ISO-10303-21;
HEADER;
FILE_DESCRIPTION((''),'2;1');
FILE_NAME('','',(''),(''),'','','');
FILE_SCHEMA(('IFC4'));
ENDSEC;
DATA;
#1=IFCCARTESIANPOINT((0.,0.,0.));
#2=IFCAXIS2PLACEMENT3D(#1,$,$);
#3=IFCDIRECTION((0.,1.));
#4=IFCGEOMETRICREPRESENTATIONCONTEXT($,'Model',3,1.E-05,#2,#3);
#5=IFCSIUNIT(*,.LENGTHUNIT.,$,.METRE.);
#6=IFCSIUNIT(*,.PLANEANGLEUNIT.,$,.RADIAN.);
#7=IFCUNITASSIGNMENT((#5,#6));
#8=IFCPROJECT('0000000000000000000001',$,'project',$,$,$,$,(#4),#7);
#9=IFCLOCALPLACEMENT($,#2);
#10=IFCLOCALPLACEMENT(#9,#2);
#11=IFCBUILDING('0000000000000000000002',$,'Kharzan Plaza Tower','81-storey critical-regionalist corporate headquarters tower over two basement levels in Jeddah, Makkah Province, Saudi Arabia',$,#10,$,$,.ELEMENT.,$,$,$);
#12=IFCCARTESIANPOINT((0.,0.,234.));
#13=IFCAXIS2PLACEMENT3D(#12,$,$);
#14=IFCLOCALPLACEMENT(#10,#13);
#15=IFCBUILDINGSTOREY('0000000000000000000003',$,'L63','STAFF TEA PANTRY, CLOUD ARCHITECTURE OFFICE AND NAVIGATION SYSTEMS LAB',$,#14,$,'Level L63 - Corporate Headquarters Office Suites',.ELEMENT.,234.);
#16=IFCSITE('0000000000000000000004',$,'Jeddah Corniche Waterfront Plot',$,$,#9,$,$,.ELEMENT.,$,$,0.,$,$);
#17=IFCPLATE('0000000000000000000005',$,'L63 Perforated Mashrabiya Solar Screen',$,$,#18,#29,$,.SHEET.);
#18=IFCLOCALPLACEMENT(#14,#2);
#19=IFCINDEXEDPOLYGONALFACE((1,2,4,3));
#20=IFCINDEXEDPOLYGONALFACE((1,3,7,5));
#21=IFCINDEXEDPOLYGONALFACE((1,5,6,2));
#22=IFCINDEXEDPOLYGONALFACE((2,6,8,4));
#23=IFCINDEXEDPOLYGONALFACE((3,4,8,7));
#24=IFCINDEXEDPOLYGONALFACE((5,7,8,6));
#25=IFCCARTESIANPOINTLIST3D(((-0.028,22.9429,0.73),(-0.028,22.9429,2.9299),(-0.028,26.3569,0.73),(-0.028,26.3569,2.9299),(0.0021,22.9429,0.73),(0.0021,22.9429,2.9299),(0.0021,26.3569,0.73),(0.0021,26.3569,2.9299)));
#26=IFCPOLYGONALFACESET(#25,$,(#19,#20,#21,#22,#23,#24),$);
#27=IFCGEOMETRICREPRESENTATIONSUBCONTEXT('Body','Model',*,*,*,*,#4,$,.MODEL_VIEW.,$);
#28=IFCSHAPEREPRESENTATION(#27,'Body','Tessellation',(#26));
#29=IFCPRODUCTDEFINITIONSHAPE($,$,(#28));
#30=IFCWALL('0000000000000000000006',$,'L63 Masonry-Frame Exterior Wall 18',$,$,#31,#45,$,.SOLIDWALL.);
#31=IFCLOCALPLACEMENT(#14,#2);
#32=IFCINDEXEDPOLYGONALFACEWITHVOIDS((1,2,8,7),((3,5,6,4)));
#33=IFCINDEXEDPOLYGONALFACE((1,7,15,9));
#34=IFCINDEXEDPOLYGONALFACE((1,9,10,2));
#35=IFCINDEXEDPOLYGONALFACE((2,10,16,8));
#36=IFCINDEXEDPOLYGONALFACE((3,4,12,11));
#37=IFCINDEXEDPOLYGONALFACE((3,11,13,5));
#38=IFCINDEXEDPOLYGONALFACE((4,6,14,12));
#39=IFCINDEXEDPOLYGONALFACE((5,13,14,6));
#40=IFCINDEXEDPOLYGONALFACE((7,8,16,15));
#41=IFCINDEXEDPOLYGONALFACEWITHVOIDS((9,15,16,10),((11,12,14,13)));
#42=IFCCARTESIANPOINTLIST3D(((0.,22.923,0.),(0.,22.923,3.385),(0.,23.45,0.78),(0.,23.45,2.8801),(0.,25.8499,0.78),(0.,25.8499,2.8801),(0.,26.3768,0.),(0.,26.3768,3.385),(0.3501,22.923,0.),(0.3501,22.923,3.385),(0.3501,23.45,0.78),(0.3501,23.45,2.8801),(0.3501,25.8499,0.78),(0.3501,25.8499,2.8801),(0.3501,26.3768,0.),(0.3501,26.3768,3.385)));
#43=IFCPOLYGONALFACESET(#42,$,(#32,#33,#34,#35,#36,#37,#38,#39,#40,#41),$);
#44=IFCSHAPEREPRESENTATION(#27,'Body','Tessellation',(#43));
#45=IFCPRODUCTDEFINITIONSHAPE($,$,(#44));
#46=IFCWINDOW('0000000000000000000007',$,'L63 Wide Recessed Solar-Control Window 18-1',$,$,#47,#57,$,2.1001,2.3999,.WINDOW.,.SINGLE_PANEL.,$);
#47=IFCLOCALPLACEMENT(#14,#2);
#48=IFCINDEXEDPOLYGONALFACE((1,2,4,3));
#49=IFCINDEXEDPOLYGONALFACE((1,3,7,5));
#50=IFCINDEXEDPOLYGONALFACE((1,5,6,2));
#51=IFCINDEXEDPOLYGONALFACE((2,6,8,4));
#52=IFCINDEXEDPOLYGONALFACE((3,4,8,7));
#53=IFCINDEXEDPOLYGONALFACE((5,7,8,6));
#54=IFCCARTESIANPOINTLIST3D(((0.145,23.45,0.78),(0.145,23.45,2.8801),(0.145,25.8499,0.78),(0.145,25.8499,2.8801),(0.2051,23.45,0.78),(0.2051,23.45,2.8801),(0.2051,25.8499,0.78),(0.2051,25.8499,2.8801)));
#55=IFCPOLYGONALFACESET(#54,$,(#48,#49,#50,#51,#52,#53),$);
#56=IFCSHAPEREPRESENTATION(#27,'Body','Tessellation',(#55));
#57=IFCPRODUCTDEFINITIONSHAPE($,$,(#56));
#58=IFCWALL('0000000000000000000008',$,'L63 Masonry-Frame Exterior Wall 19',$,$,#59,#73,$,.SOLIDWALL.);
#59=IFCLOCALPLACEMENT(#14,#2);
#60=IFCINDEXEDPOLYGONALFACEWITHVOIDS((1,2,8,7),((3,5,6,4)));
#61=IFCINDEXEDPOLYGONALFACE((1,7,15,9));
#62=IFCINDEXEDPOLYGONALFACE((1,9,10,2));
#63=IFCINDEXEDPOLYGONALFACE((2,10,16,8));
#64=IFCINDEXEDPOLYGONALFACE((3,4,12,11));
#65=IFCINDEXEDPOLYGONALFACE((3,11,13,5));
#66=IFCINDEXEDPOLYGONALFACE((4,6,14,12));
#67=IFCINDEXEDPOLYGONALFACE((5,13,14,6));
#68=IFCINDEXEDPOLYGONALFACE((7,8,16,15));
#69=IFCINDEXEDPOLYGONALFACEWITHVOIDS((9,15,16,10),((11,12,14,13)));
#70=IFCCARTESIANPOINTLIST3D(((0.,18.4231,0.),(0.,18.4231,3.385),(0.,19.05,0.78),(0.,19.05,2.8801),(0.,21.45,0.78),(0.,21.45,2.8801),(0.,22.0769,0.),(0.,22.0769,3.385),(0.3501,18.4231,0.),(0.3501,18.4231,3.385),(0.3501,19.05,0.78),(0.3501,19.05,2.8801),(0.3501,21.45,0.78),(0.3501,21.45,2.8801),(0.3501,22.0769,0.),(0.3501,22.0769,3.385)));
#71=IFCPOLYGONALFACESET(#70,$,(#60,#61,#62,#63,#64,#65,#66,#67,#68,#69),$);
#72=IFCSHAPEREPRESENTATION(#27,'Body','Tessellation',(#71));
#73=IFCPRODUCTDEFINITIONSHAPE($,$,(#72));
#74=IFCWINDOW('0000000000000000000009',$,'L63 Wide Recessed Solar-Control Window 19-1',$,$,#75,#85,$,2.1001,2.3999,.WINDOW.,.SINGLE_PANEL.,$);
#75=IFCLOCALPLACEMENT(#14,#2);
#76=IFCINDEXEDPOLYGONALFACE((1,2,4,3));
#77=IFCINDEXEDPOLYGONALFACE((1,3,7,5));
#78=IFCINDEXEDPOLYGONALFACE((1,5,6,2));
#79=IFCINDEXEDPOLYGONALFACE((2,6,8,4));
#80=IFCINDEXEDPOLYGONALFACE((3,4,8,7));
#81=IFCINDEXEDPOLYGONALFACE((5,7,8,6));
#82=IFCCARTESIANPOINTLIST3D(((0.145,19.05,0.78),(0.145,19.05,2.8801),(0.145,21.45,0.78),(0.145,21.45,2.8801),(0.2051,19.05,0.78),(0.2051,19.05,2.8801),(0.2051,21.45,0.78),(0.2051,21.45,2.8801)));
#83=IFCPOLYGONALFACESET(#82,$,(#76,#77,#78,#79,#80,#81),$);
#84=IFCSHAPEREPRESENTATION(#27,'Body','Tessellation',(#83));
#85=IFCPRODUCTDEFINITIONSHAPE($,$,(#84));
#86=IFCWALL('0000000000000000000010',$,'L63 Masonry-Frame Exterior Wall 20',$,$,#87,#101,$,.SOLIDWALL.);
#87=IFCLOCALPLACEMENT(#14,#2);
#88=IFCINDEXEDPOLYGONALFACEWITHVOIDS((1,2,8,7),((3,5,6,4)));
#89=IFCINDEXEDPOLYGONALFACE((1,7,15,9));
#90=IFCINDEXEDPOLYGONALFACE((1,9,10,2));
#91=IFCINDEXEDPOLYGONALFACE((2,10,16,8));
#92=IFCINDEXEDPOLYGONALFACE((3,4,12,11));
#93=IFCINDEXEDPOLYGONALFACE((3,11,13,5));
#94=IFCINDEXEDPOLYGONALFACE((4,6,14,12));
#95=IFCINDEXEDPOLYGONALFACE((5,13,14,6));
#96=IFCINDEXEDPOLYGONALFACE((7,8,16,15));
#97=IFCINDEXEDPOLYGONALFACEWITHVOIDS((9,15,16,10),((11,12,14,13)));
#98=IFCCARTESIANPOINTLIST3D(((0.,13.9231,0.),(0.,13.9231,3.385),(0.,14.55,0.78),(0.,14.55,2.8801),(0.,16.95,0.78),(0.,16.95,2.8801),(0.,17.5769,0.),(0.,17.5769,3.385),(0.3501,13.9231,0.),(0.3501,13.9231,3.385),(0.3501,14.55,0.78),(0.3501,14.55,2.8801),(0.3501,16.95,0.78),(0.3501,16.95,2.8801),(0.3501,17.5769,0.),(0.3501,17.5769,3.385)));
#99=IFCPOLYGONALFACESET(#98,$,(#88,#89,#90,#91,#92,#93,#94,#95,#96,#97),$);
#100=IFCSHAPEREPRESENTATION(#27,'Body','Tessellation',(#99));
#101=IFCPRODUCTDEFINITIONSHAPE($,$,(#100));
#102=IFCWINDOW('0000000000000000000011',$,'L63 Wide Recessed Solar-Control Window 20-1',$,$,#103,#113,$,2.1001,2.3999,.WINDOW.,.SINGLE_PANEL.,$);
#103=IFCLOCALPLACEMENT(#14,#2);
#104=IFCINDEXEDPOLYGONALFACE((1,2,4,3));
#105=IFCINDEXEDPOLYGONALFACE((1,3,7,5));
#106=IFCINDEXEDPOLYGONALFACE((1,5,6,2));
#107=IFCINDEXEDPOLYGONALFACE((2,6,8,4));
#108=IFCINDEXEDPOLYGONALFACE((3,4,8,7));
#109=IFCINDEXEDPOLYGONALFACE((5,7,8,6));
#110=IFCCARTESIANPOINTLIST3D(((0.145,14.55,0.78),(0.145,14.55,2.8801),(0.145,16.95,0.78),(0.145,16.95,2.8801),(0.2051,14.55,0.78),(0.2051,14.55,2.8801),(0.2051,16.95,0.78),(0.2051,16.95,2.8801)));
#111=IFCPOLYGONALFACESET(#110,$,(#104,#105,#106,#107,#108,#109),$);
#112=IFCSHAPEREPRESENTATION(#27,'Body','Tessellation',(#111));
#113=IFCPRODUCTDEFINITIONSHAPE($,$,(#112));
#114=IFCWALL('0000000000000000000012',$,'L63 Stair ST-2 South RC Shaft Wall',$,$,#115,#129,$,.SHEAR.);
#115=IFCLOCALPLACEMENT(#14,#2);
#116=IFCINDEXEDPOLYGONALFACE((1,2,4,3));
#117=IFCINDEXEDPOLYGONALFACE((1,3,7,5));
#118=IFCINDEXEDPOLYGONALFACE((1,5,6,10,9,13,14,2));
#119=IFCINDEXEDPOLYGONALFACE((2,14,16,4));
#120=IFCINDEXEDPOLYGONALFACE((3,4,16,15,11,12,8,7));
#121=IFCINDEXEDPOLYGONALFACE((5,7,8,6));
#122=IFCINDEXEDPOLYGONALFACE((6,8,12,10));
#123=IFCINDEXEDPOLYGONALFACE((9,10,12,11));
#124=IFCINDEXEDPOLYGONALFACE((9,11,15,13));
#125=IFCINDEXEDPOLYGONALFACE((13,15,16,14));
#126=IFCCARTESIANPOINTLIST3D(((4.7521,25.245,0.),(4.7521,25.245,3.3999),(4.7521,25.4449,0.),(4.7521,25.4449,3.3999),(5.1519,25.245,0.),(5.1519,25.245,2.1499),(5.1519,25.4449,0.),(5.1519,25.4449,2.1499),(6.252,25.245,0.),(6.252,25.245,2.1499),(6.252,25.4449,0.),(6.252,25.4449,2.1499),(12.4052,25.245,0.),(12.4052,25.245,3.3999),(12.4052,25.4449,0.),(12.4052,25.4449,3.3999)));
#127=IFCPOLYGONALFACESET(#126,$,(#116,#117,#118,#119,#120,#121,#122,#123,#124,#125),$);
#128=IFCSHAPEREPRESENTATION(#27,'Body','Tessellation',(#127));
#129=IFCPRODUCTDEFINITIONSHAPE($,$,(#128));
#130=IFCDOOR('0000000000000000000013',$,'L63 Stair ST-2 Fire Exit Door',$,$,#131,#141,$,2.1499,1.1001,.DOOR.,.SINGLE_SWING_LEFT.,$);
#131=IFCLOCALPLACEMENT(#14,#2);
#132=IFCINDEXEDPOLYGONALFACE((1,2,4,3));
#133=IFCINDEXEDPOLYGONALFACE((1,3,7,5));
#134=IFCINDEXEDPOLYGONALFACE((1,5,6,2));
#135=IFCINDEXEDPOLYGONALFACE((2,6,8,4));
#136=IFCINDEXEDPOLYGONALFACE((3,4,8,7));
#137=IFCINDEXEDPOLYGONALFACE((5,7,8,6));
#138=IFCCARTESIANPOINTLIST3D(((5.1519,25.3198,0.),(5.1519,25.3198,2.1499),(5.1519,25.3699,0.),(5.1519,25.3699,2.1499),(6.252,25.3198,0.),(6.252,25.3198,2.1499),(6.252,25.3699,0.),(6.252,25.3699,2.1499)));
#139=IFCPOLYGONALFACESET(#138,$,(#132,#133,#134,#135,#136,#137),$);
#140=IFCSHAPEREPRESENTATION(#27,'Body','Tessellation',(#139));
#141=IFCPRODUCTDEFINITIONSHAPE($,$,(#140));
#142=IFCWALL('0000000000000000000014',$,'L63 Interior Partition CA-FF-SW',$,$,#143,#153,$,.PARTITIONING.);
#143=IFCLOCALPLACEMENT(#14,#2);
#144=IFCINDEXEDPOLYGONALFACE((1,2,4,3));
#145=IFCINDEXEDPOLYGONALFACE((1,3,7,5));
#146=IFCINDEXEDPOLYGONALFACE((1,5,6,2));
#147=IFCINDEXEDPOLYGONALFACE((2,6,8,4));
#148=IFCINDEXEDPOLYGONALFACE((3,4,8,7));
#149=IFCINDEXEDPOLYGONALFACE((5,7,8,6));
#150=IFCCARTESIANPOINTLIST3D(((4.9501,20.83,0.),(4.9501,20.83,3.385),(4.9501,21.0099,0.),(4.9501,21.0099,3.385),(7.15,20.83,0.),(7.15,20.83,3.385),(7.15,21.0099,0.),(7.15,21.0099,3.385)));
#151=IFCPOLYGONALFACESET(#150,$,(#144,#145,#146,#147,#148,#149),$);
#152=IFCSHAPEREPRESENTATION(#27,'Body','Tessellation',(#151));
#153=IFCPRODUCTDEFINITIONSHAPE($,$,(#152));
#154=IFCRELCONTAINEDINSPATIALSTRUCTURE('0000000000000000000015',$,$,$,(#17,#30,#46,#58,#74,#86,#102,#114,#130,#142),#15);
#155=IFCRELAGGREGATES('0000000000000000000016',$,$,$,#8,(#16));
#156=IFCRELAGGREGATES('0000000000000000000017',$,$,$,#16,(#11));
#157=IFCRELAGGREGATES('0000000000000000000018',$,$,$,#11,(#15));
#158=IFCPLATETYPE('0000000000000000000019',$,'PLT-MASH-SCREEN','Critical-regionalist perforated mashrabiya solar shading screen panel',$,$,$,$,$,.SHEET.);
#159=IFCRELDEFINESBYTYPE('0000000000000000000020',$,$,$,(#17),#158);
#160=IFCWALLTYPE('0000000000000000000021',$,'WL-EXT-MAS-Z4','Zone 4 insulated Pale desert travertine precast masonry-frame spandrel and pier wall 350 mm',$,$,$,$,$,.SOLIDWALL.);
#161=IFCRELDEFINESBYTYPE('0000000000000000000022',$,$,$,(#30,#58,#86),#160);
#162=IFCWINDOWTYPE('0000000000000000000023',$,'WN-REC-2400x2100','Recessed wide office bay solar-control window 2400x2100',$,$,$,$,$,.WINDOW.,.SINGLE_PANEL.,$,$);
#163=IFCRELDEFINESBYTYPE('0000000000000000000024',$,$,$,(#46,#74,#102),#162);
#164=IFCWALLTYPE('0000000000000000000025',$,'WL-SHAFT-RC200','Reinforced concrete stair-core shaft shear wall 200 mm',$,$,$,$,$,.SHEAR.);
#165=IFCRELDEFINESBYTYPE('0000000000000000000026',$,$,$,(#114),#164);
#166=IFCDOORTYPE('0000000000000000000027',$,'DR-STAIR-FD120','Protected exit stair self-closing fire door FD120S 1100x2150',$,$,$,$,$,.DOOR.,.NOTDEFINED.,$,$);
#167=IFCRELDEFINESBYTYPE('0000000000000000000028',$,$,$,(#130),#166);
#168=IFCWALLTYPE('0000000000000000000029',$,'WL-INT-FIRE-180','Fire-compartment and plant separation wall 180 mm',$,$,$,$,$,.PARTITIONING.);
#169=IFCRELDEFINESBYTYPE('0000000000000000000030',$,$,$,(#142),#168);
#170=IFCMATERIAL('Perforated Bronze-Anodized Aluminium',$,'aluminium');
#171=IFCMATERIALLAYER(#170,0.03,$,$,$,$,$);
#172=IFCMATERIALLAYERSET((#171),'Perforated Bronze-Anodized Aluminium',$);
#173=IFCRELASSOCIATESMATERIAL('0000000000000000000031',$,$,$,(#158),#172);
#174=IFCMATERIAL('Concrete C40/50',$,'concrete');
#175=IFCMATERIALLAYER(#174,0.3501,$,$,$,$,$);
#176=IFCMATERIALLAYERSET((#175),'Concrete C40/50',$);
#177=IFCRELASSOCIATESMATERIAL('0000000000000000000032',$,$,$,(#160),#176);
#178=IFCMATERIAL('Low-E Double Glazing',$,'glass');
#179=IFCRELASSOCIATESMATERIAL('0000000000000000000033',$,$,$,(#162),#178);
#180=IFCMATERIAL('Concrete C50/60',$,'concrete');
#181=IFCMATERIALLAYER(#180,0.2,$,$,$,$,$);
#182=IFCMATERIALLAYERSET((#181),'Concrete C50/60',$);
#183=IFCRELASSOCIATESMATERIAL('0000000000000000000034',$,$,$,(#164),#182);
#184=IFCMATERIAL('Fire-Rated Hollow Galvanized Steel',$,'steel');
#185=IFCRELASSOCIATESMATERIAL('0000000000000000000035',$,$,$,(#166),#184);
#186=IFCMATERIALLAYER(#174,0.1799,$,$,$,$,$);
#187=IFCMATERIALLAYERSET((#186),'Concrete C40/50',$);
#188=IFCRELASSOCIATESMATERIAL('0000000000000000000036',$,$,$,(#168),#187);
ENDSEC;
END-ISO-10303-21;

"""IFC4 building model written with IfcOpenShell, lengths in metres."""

from ifc_helpers import new_model, si_unit, direction, frame, frame_2d, origin, origin_2d, place, context, subcontext, project, spatial, rectangle, extrude, source, transform, mapped, material, layer, layer_set, type_object, element, fill, save


model = new_model("IFC4")

# Units and contexts
model_context = context("Model", 3, precision=1e-05, world=origin(), true_north=direction((0.0, 1.0)))
body_context = subcontext(model_context, "Body", "Model", "MODEL_VIEW")
ifc_project = project(units=[si_unit("LENGTHUNIT", "METRE"), si_unit("PLANEANGLEUNIT", "RADIAN")], contexts=[model_context])

# Site, building, storey
site_placement = place(None, origin())
site = spatial("IfcSite", under=ifc_project, at=site_placement, Name="Jeddah Corniche Waterfront Plot", CompositionType="ELEMENT", RefElevation=0.0)
building_placement = place(site_placement, origin())
building = spatial("IfcBuilding", under=site, at=building_placement, Name="Kharzan Plaza Tower", Description="81-storey critical-regionalist corporate headquarters tower over two basement levels in Jeddah, Makkah Province, Saudi Arabia", CompositionType="ELEMENT")
storey_placement = place(building_placement, frame((0.0, 0.0, 234.0)))
storey = spatial("IfcBuildingStorey", under=building, at=storey_placement, Name="L63", Description="STAFF TEA PANTRY, CLOUD ARCHITECTURE OFFICE AND NAVIGATION SYSTEMS LAB", LongName="Level L63 - Corporate Headquarters Office Suites", CompositionType="ELEMENT", Elevation=234.0)

# Shared definitions
ifc_material_1 = material(Name="Concrete C50/60", Category="concrete")

# Plate
ifc_material_2 = material(Name="Perforated Bronze-Anodized Aluminium", Category="aluminium")
ifc_layer_1 = layer(ifc_material_2, 0.03)
ifc_layer_set_1 = layer_set([ifc_layer_1], Name="Perforated Bronze-Anodized Aluminium")
plate_type = type_object("IfcPlateType", Name="PLT-MASH-SCREEN", Description="Critical-regionalist perforated mashrabiya solar shading screen panel", PredefinedType="SHEET", material=ifc_layer_set_1)
shared_shape_1 = source(origin(), body_context, "Body", "SweptSolid", [
    extrude(rectangle(XDim=3.4141, YDim=0.03, at=origin_2d()), origin(), (0.0, 0.0, 1.0), 2.2),
])
plate_1_placement = place(storey_placement, frame((-0.0129, 24.6499, 0.73), z_axis=(0.0, 0.0, 1.0), x_axis=(0.0, -1.0, 0.0)))
element("IfcPlate", 1, at=plate_1_placement, inside=storey, type_object=plate_type, Name="L63 Perforated Mashrabiya Solar Screen", PredefinedType="SHEET", context=body_context, shape_type="MappedRepresentation", body=[
    mapped(shared_shape_1, transform((0.0, 0.0, 0.0), x_axis=(1.0, 0.0, 0.0), y_axis=(0.0, 1.0, 0.0), z_axis=(0.0, 0.0, 1.0))),
])

# Walls, openings, windows
ifc_material_3 = material(Name="Concrete C40/50", Category="concrete")
ifc_layer_2 = layer(ifc_material_3, 0.3501)
ifc_layer_set_2 = layer_set([ifc_layer_2], Name="Concrete C40/50")
wall_type_1 = type_object("IfcWallType", Name="WL-EXT-MAS-Z4", Description="Zone 4 insulated Pale desert travertine precast masonry-frame spandrel and pier wall 350 mm", PredefinedType="SOLIDWALL", material=ifc_layer_set_2)
wall_1_placement = place(storey_placement, frame((0.175, 26.377, 0.0), z_axis=(0.0, 0.0, 1.0), x_axis=(0.0, -1.0, 0.0)))
wall_1 = element("IfcWall", 2, at=wall_1_placement, inside=storey, type_object=wall_type_1, Name="L63 Masonry-Frame Exterior Wall 18", PredefinedType="SOLIDWALL", context=body_context, shape_type="SweptSolid", body=[
    extrude(rectangle(XDim=3.4539, YDim=0.3501, at=frame_2d((1.7271, 0.0))), origin(), (0.0, 0.0, 1.0), 3.385),
])
opening_1_placement = place(wall_1_placement, frame((0.5271, 0.0, 0.78)))
opening_1 = element("IfcOpeningElement", 3, at=opening_1_placement, cuts=wall_1, PredefinedType="OPENING", context=body_context, shape_type="SweptSolid", body=[
    extrude(rectangle(XDim=2.3999, YDim=2.1001, at=frame_2d((1.2, 1.05))), frame((0.0, 0.1851, 0.0), z_axis=(0.0, -1.0, 0.0), x_axis=(1.0, 0.0, 0.0)), (0.0, 0.0, 1.0), 0.3701),
])
ifc_material_4 = material(Name="Low-E Double Glazing", Category="glass")
window_type = type_object("IfcWindowType", Name="WN-REC-2400x2100", Description="Recessed wide office bay solar-control window 2400x2100", PartitioningType="SINGLE_PANEL", PredefinedType="WINDOW", material=ifc_material_4)
shared_shape_2 = source(origin(), body_context, "Body", "SweptSolid", [
    extrude(rectangle(XDim=2.3999, YDim=2.1001, at=frame_2d((1.2, 1.05))), frame((0.0, 0.03, 0.0), z_axis=(0.0, -1.0, 0.0), x_axis=(1.0, 0.0, 0.0)), (0.0, 0.0, 1.0), 0.0601),
])
window_1_placement = place(opening_1_placement, origin())
window_1 = element("IfcWindow", 4, at=window_1_placement, inside=storey, type_object=window_type, Name="L63 Wide Recessed Solar-Control Window 18-1", OverallHeight=2.1001, OverallWidth=2.3999, PartitioningType="SINGLE_PANEL", PredefinedType="WINDOW", context=body_context, shape_type="MappedRepresentation", body=[
    mapped(shared_shape_2, transform((0.0, 0.0, 0.0), x_axis=(1.0, 0.0, 0.0), y_axis=(0.0, 1.0, 0.0), z_axis=(0.0, 0.0, 1.0))),
])
fill(opening_1, window_1)
wall_2_placement = place(storey_placement, frame((0.175, 22.0769, 0.0), z_axis=(0.0, 0.0, 1.0), x_axis=(0.0, -1.0, 0.0)))
wall_2 = element("IfcWall", 5, at=wall_2_placement, inside=storey, type_object=wall_type_1, Name="L63 Masonry-Frame Exterior Wall 19", PredefinedType="SOLIDWALL", context=body_context, shape_type="SweptSolid", body=[
    extrude(rectangle(XDim=3.6538, YDim=0.3501, at=frame_2d((1.8269, 0.0))), origin(), (0.0, 0.0, 1.0), 3.385),
])
opening_2_placement = place(wall_2_placement, frame((0.627, 0.0, 0.78)))
opening_2 = element("IfcOpeningElement", 6, at=opening_2_placement, cuts=wall_2, PredefinedType="OPENING", context=body_context, shape_type="SweptSolid", body=[
    extrude(rectangle(XDim=2.3999, YDim=2.1001, at=frame_2d((1.2, 1.05))), frame((0.0, 0.1851, 0.0), z_axis=(0.0, -1.0, 0.0), x_axis=(1.0, 0.0, 0.0)), (0.0, 0.0, 1.0), 0.3701),
])
window_2_placement = place(opening_2_placement, origin())
window_2 = element("IfcWindow", 7, at=window_2_placement, inside=storey, type_object=window_type, Name="L63 Wide Recessed Solar-Control Window 19-1", OverallHeight=2.1001, OverallWidth=2.3999, PartitioningType="SINGLE_PANEL", PredefinedType="WINDOW", context=body_context, shape_type="MappedRepresentation", body=[
    mapped(shared_shape_2, transform((0.0, 0.0, 0.0), x_axis=(1.0, 0.0, 0.0), y_axis=(0.0, 1.0, 0.0), z_axis=(0.0, 0.0, 1.0))),
])
fill(opening_2, window_2)
wall_3_placement = place(storey_placement, frame((0.175, 17.5769, 0.0), z_axis=(0.0, 0.0, 1.0), x_axis=(0.0, -1.0, 0.0)))
wall_3 = element("IfcWall", 8, at=wall_3_placement, inside=storey, type_object=wall_type_1, Name="L63 Masonry-Frame Exterior Wall 20", PredefinedType="SOLIDWALL", context=body_context, shape_type="SweptSolid", body=[
    extrude(rectangle(XDim=3.6538, YDim=0.3501, at=frame_2d((1.8269, 0.0))), origin(), (0.0, 0.0, 1.0), 3.385),
])
opening_3_placement = place(wall_3_placement, frame((0.627, 0.0, 0.78)))
opening_3 = element("IfcOpeningElement", 9, at=opening_3_placement, cuts=wall_3, PredefinedType="OPENING", context=body_context, shape_type="SweptSolid", body=[
    extrude(rectangle(XDim=2.3999, YDim=2.1001, at=frame_2d((1.2, 1.05))), frame((0.0, 0.1851, 0.0), z_axis=(0.0, -1.0, 0.0), x_axis=(1.0, 0.0, 0.0)), (0.0, 0.0, 1.0), 0.3701),
])
window_3_placement = place(opening_3_placement, origin())
window_3 = element("IfcWindow", 10, at=window_3_placement, inside=storey, type_object=window_type, Name="L63 Wide Recessed Solar-Control Window 20-1", OverallHeight=2.1001, OverallWidth=2.3999, PartitioningType="SINGLE_PANEL", PredefinedType="WINDOW", context=body_context, shape_type="MappedRepresentation", body=[
    mapped(shared_shape_2, transform((0.0, 0.0, 0.0), x_axis=(1.0, 0.0, 0.0), y_axis=(0.0, 1.0, 0.0), z_axis=(0.0, 0.0, 1.0))),
])
fill(opening_3, window_3)

# Wall, opening, door
ifc_layer_3 = layer(ifc_material_1, 0.2)
ifc_layer_set_3 = layer_set([ifc_layer_3], Name="Concrete C50/60")
wall_type_2 = type_object("IfcWallType", Name="WL-SHAFT-RC200", Description="Reinforced concrete stair-core shaft shear wall 200 mm", PredefinedType="SHEAR", material=ifc_layer_set_3)
wall_4_placement = place(storey_placement, frame((4.752, 25.345, 0.0), z_axis=(0.0, 0.0, 1.0), x_axis=(1.0, 0.0, 0.0)))
wall_4 = element("IfcWall", 11, at=wall_4_placement, inside=storey, type_object=wall_type_2, Name="L63 Stair ST-2 South RC Shaft Wall", PredefinedType="SHEAR", context=body_context, shape_type="SweptSolid", body=[
    extrude(rectangle(XDim=7.6531, YDim=0.2, at=frame_2d((3.8267, 0.0))), origin(), (0.0, 0.0, 1.0), 3.3999),
])
opening_4_placement = place(wall_4_placement, frame((0.3999, 0.0, 0.0)))
opening_4 = element("IfcOpeningElement", 12, at=opening_4_placement, cuts=wall_4, PredefinedType="OPENING", context=body_context, shape_type="SweptSolid", body=[
    extrude(rectangle(XDim=1.1001, YDim=2.1499, at=frame_2d((0.55, 1.075))), frame((0.0, 0.1099, 0.0), z_axis=(0.0, -1.0, 0.0), x_axis=(1.0, 0.0, 0.0)), (0.0, 0.0, 1.0), 0.22),
])
ifc_material_5 = material(Name="Fire-Rated Hollow Galvanized Steel", Category="steel")
door_type = type_object("IfcDoorType", Name="DR-STAIR-FD120", Description="Protected exit stair self-closing fire door FD120S 1100x2150", OperationType="NOTDEFINED", PredefinedType="DOOR", material=ifc_material_5)
shared_shape_3 = source(origin(), body_context, "Body", "SweptSolid", [
    extrude(rectangle(XDim=1.1001, YDim=2.1499, at=frame_2d((0.55, 1.075))), frame((0.0, 0.0249, 0.0), z_axis=(0.0, -1.0, 0.0), x_axis=(1.0, 0.0, 0.0)), (0.0, 0.0, 1.0), 0.05),
])
door_placement = place(opening_4_placement, origin())
door = element("IfcDoor", 13, at=door_placement, inside=storey, type_object=door_type, Name="L63 Stair ST-2 Fire Exit Door", OperationType="SINGLE_SWING_LEFT", OverallHeight=2.1499, OverallWidth=1.1001, PredefinedType="DOOR", context=body_context, shape_type="MappedRepresentation", body=[
    mapped(shared_shape_3, transform((0.0, 0.0, 0.0), x_axis=(1.0, 0.0, 0.0), y_axis=(0.0, 1.0, 0.0), z_axis=(0.0, 0.0, 1.0))),
])
fill(opening_4, door)

# Wall
ifc_layer_4 = layer(ifc_material_3, 0.1799)
ifc_layer_set_4 = layer_set([ifc_layer_4], Name="Concrete C40/50")
wall_type_3 = type_object("IfcWallType", Name="WL-INT-FIRE-180", Description="Fire-compartment and plant separation wall 180 mm", PredefinedType="PARTITIONING", material=ifc_layer_set_4)
shared_shape_4 = source(origin(), body_context, "Body", "SweptSolid", [
    extrude(rectangle(XDim=2.2, YDim=0.1799, at=frame_2d((1.1001, 0.0))), origin(), (0.0, 0.0, 1.0), 3.385),
])
wall_5_placement = place(storey_placement, frame((4.95, 20.9199, 0.0), z_axis=(0.0, 0.0, 1.0), x_axis=(1.0, 0.0, 0.0)))
element("IfcWall", 14, at=wall_5_placement, inside=storey, type_object=wall_type_3, Name="L63 Interior Partition CA-FF-SW", PredefinedType="PARTITIONING", context=body_context, shape_type="MappedRepresentation", body=[
    mapped(shared_shape_4, transform((0.0, 0.0, 0.0), x_axis=(1.0, 0.0, 0.0), y_axis=(0.0, 1.0, 0.0), z_axis=(0.0, 0.0, 1.0))),
])

save(model, "model.ifc")
